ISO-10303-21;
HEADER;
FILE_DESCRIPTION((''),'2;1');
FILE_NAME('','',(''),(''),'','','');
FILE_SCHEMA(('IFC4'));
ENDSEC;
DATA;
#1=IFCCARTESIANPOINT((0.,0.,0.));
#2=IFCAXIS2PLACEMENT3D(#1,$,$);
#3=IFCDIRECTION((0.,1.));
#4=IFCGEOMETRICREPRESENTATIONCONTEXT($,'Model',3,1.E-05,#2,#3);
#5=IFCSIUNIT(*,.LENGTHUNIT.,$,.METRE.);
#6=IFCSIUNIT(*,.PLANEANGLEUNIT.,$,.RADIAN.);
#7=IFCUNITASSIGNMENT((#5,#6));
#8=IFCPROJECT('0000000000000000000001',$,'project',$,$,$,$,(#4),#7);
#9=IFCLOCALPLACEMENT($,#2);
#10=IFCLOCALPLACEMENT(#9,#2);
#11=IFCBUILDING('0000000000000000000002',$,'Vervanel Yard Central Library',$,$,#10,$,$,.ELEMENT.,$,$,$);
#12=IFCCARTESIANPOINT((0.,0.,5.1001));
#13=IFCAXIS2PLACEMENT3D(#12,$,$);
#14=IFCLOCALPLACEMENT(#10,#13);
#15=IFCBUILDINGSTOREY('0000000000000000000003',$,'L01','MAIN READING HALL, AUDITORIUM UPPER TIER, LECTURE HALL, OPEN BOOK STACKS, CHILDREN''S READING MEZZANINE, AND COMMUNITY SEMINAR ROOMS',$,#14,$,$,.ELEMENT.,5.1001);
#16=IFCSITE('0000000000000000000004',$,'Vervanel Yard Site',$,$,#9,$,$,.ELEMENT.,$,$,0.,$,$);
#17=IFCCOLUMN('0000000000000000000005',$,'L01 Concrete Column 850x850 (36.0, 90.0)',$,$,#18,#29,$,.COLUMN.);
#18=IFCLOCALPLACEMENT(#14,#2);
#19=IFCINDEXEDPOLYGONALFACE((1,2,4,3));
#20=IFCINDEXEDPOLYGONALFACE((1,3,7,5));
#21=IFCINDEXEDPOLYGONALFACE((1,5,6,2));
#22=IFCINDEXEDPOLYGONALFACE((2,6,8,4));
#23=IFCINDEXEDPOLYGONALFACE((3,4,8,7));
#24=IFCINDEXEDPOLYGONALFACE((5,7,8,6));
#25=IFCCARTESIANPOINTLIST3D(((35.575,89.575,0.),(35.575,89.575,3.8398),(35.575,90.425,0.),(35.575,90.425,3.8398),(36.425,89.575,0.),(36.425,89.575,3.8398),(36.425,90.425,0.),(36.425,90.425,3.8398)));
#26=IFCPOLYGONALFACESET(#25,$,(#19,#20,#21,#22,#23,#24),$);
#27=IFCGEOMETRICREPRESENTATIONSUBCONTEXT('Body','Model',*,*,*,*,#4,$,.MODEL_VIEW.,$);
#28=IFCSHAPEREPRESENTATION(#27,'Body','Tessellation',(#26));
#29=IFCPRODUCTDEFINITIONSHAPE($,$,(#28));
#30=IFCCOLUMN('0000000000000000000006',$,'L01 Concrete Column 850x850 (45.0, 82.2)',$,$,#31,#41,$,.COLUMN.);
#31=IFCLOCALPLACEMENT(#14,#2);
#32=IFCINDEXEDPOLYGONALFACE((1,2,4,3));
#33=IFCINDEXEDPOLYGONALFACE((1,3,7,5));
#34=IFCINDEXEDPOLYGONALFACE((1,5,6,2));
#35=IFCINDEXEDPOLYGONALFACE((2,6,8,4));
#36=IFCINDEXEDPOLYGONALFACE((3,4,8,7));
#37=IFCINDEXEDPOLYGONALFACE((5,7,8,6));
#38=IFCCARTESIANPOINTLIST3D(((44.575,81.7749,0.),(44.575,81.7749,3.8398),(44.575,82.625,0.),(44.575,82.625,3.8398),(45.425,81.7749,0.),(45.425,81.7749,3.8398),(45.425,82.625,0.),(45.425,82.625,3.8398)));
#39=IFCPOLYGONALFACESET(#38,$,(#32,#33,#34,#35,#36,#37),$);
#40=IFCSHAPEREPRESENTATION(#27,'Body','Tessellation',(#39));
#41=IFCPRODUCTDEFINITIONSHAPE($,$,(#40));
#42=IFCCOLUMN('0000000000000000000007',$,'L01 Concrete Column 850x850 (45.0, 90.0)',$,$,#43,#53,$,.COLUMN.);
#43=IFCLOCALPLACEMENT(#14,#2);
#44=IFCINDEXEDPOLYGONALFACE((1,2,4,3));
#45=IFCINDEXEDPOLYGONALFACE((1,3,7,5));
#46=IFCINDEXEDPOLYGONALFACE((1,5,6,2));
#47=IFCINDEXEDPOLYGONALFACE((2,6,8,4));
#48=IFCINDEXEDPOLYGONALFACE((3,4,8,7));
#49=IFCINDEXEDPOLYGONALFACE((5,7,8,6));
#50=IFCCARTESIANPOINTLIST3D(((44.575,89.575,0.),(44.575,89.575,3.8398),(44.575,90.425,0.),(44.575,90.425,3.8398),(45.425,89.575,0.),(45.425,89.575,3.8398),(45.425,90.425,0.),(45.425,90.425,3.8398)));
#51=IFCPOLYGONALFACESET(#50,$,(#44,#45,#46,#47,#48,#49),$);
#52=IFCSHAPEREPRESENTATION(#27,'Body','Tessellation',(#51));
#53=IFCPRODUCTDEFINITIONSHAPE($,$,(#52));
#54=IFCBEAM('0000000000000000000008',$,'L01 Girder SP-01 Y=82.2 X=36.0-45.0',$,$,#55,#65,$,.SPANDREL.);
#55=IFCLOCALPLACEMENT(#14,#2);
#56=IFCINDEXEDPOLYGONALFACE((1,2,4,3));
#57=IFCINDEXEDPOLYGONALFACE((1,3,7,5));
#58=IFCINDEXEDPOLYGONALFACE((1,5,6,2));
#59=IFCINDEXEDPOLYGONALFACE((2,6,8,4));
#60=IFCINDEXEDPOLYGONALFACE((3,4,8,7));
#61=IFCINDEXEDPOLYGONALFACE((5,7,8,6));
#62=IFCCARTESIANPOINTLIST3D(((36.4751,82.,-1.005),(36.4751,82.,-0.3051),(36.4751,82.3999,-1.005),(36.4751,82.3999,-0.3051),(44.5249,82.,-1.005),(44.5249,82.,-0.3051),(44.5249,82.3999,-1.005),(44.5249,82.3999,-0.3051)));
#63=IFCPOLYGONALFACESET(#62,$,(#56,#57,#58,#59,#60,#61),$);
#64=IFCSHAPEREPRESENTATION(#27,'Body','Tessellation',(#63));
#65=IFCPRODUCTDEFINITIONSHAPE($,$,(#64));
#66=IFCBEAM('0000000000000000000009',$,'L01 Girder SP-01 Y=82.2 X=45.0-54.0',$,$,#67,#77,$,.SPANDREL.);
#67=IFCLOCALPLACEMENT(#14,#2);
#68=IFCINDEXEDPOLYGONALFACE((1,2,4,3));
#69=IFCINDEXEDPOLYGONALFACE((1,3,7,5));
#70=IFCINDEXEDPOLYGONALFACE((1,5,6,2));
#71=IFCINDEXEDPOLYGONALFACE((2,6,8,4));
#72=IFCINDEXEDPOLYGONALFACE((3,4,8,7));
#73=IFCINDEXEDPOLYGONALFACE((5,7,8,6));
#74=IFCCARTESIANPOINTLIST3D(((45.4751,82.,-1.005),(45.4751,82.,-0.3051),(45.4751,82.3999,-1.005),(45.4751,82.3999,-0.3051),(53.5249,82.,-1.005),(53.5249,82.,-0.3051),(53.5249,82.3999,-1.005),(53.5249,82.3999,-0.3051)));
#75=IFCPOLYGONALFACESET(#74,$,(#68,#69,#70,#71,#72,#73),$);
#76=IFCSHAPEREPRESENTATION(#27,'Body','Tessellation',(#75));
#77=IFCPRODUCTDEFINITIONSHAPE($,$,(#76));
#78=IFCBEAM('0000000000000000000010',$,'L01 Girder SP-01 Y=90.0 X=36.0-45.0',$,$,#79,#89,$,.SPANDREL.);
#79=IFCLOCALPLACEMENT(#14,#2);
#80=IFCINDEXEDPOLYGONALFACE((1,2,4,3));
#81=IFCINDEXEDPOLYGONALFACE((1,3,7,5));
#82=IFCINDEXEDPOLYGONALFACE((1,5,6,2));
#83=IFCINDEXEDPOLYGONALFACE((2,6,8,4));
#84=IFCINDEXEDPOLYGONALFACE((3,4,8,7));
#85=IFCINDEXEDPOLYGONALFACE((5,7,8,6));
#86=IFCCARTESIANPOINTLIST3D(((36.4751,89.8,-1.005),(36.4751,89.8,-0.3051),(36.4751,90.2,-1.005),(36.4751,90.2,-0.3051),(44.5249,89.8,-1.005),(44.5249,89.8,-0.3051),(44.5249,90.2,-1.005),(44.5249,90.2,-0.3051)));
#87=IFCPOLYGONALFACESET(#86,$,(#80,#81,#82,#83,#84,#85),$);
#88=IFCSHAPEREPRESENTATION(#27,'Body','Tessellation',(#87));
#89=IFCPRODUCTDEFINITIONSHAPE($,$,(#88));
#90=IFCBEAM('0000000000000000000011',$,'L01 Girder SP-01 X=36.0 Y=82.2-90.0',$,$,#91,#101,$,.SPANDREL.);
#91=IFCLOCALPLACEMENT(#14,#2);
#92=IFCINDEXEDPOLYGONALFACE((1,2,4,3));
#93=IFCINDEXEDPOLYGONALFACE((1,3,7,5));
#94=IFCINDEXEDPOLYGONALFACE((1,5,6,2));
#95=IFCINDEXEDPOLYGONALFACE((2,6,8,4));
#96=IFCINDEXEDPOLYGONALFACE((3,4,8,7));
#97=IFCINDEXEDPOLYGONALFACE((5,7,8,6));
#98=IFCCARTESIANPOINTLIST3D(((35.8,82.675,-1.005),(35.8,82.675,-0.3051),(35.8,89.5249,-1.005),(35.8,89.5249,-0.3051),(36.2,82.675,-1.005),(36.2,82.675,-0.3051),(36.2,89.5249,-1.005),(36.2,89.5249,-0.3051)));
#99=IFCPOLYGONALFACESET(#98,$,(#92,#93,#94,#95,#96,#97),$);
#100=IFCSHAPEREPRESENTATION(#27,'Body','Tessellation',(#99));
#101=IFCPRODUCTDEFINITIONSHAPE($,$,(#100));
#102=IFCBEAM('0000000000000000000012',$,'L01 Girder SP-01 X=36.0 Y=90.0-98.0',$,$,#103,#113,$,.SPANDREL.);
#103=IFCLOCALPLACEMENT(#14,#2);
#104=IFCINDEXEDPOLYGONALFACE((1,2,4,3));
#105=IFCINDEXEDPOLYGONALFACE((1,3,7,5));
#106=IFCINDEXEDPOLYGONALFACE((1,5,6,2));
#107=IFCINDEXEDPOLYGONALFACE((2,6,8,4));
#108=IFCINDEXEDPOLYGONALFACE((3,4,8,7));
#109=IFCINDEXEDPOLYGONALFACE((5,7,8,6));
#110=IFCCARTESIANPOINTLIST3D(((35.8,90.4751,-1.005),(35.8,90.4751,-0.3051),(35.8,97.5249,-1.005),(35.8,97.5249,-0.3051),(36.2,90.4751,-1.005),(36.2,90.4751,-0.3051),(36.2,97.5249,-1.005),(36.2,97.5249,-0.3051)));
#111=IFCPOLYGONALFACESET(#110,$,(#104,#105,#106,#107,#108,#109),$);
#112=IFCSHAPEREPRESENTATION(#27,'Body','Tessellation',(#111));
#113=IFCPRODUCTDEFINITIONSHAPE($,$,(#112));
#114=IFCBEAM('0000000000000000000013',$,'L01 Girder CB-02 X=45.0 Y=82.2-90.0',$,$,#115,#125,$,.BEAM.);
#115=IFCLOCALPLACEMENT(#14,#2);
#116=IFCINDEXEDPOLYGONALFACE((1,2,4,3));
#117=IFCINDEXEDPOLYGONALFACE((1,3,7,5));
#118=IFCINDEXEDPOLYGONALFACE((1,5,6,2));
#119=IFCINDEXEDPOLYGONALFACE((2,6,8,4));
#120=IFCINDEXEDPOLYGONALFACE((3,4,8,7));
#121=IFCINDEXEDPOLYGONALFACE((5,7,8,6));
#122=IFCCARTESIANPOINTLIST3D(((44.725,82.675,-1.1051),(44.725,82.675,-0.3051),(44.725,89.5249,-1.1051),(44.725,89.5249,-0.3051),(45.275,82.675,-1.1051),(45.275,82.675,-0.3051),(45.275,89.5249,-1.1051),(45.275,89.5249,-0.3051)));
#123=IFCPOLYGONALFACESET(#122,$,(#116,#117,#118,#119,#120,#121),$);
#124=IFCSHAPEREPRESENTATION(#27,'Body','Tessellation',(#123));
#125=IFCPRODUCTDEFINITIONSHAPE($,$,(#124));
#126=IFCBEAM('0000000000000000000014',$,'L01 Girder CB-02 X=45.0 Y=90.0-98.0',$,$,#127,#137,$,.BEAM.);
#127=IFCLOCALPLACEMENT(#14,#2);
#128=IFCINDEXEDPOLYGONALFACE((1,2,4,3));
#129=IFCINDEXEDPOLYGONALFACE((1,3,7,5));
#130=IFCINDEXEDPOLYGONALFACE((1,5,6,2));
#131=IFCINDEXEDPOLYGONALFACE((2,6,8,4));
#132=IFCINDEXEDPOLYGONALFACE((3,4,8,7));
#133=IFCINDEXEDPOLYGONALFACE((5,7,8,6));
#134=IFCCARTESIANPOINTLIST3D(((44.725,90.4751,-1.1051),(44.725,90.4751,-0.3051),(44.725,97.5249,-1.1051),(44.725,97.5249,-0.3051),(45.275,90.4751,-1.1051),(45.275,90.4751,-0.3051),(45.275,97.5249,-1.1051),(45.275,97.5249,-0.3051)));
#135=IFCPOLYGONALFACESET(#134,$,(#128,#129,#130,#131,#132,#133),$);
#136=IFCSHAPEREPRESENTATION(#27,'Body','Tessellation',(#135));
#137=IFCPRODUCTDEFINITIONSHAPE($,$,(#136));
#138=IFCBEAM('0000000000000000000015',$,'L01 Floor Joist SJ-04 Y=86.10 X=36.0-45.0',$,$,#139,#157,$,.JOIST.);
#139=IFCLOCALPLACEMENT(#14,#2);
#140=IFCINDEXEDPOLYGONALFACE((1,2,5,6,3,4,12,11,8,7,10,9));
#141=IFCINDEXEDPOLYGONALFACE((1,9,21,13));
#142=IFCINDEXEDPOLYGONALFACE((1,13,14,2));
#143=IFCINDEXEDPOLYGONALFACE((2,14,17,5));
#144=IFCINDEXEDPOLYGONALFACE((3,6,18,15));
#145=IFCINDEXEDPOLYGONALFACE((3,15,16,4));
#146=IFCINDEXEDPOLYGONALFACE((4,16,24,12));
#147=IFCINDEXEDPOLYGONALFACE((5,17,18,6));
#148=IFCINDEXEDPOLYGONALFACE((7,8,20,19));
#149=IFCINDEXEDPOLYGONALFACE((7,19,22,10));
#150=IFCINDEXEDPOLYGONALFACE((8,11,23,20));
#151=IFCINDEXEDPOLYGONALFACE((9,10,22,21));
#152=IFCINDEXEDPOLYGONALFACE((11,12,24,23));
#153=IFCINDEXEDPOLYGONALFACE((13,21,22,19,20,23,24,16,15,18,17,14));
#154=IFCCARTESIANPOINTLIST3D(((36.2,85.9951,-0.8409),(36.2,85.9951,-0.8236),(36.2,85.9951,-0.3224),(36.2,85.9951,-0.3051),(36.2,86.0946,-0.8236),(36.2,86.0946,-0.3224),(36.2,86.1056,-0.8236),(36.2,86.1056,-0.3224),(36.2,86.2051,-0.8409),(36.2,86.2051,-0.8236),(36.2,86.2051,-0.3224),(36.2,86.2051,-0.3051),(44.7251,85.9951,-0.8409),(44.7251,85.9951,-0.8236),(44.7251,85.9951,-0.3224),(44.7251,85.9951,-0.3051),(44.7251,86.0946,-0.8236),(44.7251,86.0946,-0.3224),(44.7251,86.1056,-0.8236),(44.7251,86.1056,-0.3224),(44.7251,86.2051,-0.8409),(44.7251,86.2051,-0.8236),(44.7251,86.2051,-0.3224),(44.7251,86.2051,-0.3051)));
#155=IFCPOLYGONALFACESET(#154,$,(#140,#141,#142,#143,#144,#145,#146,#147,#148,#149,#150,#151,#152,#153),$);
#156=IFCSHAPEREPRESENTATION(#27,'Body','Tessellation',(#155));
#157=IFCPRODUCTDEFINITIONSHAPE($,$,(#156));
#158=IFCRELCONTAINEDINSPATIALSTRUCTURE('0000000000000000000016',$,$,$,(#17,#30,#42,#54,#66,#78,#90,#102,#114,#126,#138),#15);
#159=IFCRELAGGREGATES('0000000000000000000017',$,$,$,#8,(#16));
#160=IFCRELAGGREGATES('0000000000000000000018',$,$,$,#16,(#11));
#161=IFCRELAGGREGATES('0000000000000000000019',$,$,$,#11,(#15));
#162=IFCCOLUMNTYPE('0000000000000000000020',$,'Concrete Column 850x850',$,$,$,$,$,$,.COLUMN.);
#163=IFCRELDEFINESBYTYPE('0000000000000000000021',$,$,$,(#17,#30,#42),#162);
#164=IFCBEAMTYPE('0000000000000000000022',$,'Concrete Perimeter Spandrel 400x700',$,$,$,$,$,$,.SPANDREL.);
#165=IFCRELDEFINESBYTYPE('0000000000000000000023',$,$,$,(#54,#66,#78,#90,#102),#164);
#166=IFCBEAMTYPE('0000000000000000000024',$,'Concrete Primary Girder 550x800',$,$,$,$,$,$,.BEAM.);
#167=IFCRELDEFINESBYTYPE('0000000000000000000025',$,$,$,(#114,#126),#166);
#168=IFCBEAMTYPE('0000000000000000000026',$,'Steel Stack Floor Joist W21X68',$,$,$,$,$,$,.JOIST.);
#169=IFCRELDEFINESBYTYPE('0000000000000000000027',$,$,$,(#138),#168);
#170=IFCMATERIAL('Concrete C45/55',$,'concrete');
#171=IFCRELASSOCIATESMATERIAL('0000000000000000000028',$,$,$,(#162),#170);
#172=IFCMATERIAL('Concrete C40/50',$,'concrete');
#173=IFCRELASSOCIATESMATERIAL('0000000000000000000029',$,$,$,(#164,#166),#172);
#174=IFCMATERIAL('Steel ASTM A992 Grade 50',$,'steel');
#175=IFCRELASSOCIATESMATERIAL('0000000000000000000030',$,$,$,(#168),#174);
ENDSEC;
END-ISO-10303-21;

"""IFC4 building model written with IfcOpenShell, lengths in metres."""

from ifc_helpers import new_model, si_unit, direction, frame, origin, origin_2d, place, context, subcontext, project, spatial, rectangle, i_section, extrude, material, material_profile, profile_set, type_object, element, save


model = new_model("IFC4")

# Units and contexts
model_context = context("Model", 3, precision=1e-05, world=origin(), true_north=direction((0.0, 1.0)))
body_context = subcontext(model_context, "Body", "Model", "MODEL_VIEW")
ifc_project = project(units=[si_unit("LENGTHUNIT", "METRE"), si_unit("PLANEANGLEUNIT", "RADIAN")], contexts=[model_context])

# Site, building, storey
site_placement = place(None, origin())
site = spatial("IfcSite", under=ifc_project, at=site_placement, Name="Vervanel Yard Site", CompositionType="ELEMENT", RefElevation=0.0)
building_placement = place(site_placement, origin())
building = spatial("IfcBuilding", under=site, at=building_placement, Name="Vervanel Yard Central Library", CompositionType="ELEMENT")
storey_placement = place(building_placement, frame((0.0, 0.0, 5.1001)))
storey = spatial("IfcBuildingStorey", under=building, at=storey_placement, Name="L01", Description="MAIN READING HALL, AUDITORIUM UPPER TIER, LECTURE HALL, OPEN BOOK STACKS, CHILDREN'S READING MEZZANINE, AND COMMUNITY SEMINAR ROOMS", CompositionType="ELEMENT", Elevation=5.1001)

# Columns
ifc_material_1 = material(Name="Concrete C45/55", Category="concrete")
ifc_material_profile_1 = material_profile(ifc_material_1, rectangle(XDim=0.8501, YDim=0.8501, at=origin_2d()), Name="RC 850x850", Category="concrete")
ifc_profile_set_1 = profile_set([ifc_material_profile_1], Name="Concrete C45/55")
column_type = type_object("IfcColumnType", Name="Concrete Column 850x850", PredefinedType="COLUMN", material=ifc_profile_set_1)
for number, where, z_axis, x_axis, name in (
    (1, (36.0, 90.0, 0.0), (0.0, 0.0, 1.0), (1.0, 0.0, 0.0), "L01 Concrete Column 850x850 (36.0, 90.0)"),
    (2, (45.0, 82.2, 0.0), (0.0, 0.0, 1.0), (1.0, 0.0, 0.0), "L01 Concrete Column 850x850 (45.0, 82.2)"),
    (3, (45.0, 90.0, 0.0), (0.0, 0.0, 1.0), (1.0, 0.0, 0.0), "L01 Concrete Column 850x850 (45.0, 90.0)"),
):
    element("IfcColumn", number, at=place(storey_placement, frame(where, z_axis=z_axis, x_axis=x_axis)), inside=storey, type_object=column_type, Name=name, PredefinedType="COLUMN", context=body_context, shape_type="SweptSolid", body=[
        extrude(rectangle(XDim=0.8501, YDim=0.8501, at=origin_2d()), origin(), (0.0, 0.0, 1.0), 3.8398),
    ])

# Beams
ifc_material_2 = material(Name="Concrete C40/50", Category="concrete")
ifc_material_profile_2 = material_profile(ifc_material_2, rectangle(XDim=0.3999, YDim=0.7, at=origin_2d()), Name="RC 400x700", Category="concrete")
ifc_profile_set_2 = profile_set([ifc_material_profile_2], Name="Concrete C40/50")
beam_type_1 = type_object("IfcBeamType", Name="Concrete Perimeter Spandrel 400x700", PredefinedType="SPANDREL", material=ifc_profile_set_2)
for number, where, z_axis, x_axis, name in (
    (4, (36.4751, 82.2, -0.655), (1.0, 0.0, 0.0), (0.0, 1.0, 0.0), "L01 Girder SP-01 Y=82.2 X=36.0-45.0"),
    (5, (45.4751, 82.2, -0.655), (1.0, 0.0, 0.0), (0.0, 1.0, 0.0), "L01 Girder SP-01 Y=82.2 X=45.0-54.0"),
    (6, (36.4751, 90.0, -0.655), (1.0, 0.0, 0.0), (0.0, 1.0, 0.0), "L01 Girder SP-01 Y=90.0 X=36.0-45.0"),
):
    element("IfcBeam", number, at=place(storey_placement, frame(where, z_axis=z_axis, x_axis=x_axis)), inside=storey, type_object=beam_type_1, Name=name, PredefinedType="SPANDREL", context=body_context, shape_type="SweptSolid", body=[
        extrude(rectangle(XDim=0.3999, YDim=0.7, at=origin_2d()), origin(), (0.0, 0.0, 1.0), 8.0498),
    ])
beam_1_placement = place(storey_placement, frame((36.0, 82.675, -0.655), z_axis=(0.0, 1.0, 0.0), x_axis=(-1.0, 0.0, 0.0)))
element("IfcBeam", 7, at=beam_1_placement, inside=storey, type_object=beam_type_1, Name="L01 Girder SP-01 X=36.0 Y=82.2-90.0", PredefinedType="SPANDREL", context=body_context, shape_type="SweptSolid", body=[
    extrude(rectangle(XDim=0.3999, YDim=0.7, at=origin_2d()), origin(), (0.0, 0.0, 1.0), 6.8499),
])
beam_2_placement = place(storey_placement, frame((36.0, 90.4751, -0.655), z_axis=(0.0, 1.0, 0.0), x_axis=(-1.0, 0.0, 0.0)))
element("IfcBeam", 8, at=beam_2_placement, inside=storey, type_object=beam_type_1, Name="L01 Girder SP-01 X=36.0 Y=90.0-98.0", PredefinedType="SPANDREL", context=body_context, shape_type="SweptSolid", body=[
    extrude(rectangle(XDim=0.3999, YDim=0.7, at=origin_2d()), origin(), (0.0, 0.0, 1.0), 7.0498),
])
ifc_material_profile_3 = material_profile(ifc_material_2, rectangle(XDim=0.55, YDim=0.8, at=origin_2d()), Name="RC 550x800", Category="concrete")
ifc_profile_set_3 = profile_set([ifc_material_profile_3], Name="Concrete C40/50")
beam_type_2 = type_object("IfcBeamType", Name="Concrete Primary Girder 550x800", PredefinedType="BEAM", material=ifc_profile_set_3)
beam_3_placement = place(storey_placement, frame((45.0, 82.675, -0.7051), z_axis=(0.0, 1.0, 0.0), x_axis=(-1.0, 0.0, 0.0)))
element("IfcBeam", 9, at=beam_3_placement, inside=storey, type_object=beam_type_2, Name="L01 Girder CB-02 X=45.0 Y=82.2-90.0", PredefinedType="BEAM", context=body_context, shape_type="SweptSolid", body=[
    extrude(rectangle(XDim=0.55, YDim=0.8, at=origin_2d()), origin(), (0.0, 0.0, 1.0), 6.8499),
])
beam_4_placement = place(storey_placement, frame((45.0, 90.4751, -0.7051), z_axis=(0.0, 1.0, 0.0), x_axis=(-1.0, 0.0, 0.0)))
element("IfcBeam", 10, at=beam_4_placement, inside=storey, type_object=beam_type_2, Name="L01 Girder CB-02 X=45.0 Y=90.0-98.0", PredefinedType="BEAM", context=body_context, shape_type="SweptSolid", body=[
    extrude(rectangle(XDim=0.55, YDim=0.8, at=origin_2d()), origin(), (0.0, 0.0, 1.0), 7.0498),
])
ifc_material_3 = material(Name="Steel ASTM A992 Grade 50", Category="steel")
ifc_material_profile_4 = material_profile(ifc_material_3, i_section(OverallWidth=0.21, OverallDepth=0.5359, WebThickness=0.011, FlangeThickness=0.0173, at=origin_2d()), Name="W21X68", Category="steel")
ifc_profile_set_4 = profile_set([ifc_material_profile_4], Name="Steel ASTM A992 Grade 50")
beam_type_3 = type_object("IfcBeamType", Name="Steel Stack Floor Joist W21X68", PredefinedType="JOIST", material=ifc_profile_set_4)
beam_5_placement = place(storey_placement, frame((36.2, 86.1001, -0.573), z_axis=(1.0, 0.0, 0.0), x_axis=(0.0, 1.0, 0.0)))
element("IfcBeam", 11, at=beam_5_placement, inside=storey, type_object=beam_type_3, Name="L01 Floor Joist SJ-04 Y=86.10 X=36.0-45.0", PredefinedType="JOIST", context=body_context, shape_type="SweptSolid", body=[
    extrude(i_section(OverallWidth=0.21, OverallDepth=0.5359, WebThickness=0.011, FlangeThickness=0.0173, at=origin_2d()), origin(), (0.0, 0.0, 1.0), 8.5251),
])

save(model, "model.ifc")
